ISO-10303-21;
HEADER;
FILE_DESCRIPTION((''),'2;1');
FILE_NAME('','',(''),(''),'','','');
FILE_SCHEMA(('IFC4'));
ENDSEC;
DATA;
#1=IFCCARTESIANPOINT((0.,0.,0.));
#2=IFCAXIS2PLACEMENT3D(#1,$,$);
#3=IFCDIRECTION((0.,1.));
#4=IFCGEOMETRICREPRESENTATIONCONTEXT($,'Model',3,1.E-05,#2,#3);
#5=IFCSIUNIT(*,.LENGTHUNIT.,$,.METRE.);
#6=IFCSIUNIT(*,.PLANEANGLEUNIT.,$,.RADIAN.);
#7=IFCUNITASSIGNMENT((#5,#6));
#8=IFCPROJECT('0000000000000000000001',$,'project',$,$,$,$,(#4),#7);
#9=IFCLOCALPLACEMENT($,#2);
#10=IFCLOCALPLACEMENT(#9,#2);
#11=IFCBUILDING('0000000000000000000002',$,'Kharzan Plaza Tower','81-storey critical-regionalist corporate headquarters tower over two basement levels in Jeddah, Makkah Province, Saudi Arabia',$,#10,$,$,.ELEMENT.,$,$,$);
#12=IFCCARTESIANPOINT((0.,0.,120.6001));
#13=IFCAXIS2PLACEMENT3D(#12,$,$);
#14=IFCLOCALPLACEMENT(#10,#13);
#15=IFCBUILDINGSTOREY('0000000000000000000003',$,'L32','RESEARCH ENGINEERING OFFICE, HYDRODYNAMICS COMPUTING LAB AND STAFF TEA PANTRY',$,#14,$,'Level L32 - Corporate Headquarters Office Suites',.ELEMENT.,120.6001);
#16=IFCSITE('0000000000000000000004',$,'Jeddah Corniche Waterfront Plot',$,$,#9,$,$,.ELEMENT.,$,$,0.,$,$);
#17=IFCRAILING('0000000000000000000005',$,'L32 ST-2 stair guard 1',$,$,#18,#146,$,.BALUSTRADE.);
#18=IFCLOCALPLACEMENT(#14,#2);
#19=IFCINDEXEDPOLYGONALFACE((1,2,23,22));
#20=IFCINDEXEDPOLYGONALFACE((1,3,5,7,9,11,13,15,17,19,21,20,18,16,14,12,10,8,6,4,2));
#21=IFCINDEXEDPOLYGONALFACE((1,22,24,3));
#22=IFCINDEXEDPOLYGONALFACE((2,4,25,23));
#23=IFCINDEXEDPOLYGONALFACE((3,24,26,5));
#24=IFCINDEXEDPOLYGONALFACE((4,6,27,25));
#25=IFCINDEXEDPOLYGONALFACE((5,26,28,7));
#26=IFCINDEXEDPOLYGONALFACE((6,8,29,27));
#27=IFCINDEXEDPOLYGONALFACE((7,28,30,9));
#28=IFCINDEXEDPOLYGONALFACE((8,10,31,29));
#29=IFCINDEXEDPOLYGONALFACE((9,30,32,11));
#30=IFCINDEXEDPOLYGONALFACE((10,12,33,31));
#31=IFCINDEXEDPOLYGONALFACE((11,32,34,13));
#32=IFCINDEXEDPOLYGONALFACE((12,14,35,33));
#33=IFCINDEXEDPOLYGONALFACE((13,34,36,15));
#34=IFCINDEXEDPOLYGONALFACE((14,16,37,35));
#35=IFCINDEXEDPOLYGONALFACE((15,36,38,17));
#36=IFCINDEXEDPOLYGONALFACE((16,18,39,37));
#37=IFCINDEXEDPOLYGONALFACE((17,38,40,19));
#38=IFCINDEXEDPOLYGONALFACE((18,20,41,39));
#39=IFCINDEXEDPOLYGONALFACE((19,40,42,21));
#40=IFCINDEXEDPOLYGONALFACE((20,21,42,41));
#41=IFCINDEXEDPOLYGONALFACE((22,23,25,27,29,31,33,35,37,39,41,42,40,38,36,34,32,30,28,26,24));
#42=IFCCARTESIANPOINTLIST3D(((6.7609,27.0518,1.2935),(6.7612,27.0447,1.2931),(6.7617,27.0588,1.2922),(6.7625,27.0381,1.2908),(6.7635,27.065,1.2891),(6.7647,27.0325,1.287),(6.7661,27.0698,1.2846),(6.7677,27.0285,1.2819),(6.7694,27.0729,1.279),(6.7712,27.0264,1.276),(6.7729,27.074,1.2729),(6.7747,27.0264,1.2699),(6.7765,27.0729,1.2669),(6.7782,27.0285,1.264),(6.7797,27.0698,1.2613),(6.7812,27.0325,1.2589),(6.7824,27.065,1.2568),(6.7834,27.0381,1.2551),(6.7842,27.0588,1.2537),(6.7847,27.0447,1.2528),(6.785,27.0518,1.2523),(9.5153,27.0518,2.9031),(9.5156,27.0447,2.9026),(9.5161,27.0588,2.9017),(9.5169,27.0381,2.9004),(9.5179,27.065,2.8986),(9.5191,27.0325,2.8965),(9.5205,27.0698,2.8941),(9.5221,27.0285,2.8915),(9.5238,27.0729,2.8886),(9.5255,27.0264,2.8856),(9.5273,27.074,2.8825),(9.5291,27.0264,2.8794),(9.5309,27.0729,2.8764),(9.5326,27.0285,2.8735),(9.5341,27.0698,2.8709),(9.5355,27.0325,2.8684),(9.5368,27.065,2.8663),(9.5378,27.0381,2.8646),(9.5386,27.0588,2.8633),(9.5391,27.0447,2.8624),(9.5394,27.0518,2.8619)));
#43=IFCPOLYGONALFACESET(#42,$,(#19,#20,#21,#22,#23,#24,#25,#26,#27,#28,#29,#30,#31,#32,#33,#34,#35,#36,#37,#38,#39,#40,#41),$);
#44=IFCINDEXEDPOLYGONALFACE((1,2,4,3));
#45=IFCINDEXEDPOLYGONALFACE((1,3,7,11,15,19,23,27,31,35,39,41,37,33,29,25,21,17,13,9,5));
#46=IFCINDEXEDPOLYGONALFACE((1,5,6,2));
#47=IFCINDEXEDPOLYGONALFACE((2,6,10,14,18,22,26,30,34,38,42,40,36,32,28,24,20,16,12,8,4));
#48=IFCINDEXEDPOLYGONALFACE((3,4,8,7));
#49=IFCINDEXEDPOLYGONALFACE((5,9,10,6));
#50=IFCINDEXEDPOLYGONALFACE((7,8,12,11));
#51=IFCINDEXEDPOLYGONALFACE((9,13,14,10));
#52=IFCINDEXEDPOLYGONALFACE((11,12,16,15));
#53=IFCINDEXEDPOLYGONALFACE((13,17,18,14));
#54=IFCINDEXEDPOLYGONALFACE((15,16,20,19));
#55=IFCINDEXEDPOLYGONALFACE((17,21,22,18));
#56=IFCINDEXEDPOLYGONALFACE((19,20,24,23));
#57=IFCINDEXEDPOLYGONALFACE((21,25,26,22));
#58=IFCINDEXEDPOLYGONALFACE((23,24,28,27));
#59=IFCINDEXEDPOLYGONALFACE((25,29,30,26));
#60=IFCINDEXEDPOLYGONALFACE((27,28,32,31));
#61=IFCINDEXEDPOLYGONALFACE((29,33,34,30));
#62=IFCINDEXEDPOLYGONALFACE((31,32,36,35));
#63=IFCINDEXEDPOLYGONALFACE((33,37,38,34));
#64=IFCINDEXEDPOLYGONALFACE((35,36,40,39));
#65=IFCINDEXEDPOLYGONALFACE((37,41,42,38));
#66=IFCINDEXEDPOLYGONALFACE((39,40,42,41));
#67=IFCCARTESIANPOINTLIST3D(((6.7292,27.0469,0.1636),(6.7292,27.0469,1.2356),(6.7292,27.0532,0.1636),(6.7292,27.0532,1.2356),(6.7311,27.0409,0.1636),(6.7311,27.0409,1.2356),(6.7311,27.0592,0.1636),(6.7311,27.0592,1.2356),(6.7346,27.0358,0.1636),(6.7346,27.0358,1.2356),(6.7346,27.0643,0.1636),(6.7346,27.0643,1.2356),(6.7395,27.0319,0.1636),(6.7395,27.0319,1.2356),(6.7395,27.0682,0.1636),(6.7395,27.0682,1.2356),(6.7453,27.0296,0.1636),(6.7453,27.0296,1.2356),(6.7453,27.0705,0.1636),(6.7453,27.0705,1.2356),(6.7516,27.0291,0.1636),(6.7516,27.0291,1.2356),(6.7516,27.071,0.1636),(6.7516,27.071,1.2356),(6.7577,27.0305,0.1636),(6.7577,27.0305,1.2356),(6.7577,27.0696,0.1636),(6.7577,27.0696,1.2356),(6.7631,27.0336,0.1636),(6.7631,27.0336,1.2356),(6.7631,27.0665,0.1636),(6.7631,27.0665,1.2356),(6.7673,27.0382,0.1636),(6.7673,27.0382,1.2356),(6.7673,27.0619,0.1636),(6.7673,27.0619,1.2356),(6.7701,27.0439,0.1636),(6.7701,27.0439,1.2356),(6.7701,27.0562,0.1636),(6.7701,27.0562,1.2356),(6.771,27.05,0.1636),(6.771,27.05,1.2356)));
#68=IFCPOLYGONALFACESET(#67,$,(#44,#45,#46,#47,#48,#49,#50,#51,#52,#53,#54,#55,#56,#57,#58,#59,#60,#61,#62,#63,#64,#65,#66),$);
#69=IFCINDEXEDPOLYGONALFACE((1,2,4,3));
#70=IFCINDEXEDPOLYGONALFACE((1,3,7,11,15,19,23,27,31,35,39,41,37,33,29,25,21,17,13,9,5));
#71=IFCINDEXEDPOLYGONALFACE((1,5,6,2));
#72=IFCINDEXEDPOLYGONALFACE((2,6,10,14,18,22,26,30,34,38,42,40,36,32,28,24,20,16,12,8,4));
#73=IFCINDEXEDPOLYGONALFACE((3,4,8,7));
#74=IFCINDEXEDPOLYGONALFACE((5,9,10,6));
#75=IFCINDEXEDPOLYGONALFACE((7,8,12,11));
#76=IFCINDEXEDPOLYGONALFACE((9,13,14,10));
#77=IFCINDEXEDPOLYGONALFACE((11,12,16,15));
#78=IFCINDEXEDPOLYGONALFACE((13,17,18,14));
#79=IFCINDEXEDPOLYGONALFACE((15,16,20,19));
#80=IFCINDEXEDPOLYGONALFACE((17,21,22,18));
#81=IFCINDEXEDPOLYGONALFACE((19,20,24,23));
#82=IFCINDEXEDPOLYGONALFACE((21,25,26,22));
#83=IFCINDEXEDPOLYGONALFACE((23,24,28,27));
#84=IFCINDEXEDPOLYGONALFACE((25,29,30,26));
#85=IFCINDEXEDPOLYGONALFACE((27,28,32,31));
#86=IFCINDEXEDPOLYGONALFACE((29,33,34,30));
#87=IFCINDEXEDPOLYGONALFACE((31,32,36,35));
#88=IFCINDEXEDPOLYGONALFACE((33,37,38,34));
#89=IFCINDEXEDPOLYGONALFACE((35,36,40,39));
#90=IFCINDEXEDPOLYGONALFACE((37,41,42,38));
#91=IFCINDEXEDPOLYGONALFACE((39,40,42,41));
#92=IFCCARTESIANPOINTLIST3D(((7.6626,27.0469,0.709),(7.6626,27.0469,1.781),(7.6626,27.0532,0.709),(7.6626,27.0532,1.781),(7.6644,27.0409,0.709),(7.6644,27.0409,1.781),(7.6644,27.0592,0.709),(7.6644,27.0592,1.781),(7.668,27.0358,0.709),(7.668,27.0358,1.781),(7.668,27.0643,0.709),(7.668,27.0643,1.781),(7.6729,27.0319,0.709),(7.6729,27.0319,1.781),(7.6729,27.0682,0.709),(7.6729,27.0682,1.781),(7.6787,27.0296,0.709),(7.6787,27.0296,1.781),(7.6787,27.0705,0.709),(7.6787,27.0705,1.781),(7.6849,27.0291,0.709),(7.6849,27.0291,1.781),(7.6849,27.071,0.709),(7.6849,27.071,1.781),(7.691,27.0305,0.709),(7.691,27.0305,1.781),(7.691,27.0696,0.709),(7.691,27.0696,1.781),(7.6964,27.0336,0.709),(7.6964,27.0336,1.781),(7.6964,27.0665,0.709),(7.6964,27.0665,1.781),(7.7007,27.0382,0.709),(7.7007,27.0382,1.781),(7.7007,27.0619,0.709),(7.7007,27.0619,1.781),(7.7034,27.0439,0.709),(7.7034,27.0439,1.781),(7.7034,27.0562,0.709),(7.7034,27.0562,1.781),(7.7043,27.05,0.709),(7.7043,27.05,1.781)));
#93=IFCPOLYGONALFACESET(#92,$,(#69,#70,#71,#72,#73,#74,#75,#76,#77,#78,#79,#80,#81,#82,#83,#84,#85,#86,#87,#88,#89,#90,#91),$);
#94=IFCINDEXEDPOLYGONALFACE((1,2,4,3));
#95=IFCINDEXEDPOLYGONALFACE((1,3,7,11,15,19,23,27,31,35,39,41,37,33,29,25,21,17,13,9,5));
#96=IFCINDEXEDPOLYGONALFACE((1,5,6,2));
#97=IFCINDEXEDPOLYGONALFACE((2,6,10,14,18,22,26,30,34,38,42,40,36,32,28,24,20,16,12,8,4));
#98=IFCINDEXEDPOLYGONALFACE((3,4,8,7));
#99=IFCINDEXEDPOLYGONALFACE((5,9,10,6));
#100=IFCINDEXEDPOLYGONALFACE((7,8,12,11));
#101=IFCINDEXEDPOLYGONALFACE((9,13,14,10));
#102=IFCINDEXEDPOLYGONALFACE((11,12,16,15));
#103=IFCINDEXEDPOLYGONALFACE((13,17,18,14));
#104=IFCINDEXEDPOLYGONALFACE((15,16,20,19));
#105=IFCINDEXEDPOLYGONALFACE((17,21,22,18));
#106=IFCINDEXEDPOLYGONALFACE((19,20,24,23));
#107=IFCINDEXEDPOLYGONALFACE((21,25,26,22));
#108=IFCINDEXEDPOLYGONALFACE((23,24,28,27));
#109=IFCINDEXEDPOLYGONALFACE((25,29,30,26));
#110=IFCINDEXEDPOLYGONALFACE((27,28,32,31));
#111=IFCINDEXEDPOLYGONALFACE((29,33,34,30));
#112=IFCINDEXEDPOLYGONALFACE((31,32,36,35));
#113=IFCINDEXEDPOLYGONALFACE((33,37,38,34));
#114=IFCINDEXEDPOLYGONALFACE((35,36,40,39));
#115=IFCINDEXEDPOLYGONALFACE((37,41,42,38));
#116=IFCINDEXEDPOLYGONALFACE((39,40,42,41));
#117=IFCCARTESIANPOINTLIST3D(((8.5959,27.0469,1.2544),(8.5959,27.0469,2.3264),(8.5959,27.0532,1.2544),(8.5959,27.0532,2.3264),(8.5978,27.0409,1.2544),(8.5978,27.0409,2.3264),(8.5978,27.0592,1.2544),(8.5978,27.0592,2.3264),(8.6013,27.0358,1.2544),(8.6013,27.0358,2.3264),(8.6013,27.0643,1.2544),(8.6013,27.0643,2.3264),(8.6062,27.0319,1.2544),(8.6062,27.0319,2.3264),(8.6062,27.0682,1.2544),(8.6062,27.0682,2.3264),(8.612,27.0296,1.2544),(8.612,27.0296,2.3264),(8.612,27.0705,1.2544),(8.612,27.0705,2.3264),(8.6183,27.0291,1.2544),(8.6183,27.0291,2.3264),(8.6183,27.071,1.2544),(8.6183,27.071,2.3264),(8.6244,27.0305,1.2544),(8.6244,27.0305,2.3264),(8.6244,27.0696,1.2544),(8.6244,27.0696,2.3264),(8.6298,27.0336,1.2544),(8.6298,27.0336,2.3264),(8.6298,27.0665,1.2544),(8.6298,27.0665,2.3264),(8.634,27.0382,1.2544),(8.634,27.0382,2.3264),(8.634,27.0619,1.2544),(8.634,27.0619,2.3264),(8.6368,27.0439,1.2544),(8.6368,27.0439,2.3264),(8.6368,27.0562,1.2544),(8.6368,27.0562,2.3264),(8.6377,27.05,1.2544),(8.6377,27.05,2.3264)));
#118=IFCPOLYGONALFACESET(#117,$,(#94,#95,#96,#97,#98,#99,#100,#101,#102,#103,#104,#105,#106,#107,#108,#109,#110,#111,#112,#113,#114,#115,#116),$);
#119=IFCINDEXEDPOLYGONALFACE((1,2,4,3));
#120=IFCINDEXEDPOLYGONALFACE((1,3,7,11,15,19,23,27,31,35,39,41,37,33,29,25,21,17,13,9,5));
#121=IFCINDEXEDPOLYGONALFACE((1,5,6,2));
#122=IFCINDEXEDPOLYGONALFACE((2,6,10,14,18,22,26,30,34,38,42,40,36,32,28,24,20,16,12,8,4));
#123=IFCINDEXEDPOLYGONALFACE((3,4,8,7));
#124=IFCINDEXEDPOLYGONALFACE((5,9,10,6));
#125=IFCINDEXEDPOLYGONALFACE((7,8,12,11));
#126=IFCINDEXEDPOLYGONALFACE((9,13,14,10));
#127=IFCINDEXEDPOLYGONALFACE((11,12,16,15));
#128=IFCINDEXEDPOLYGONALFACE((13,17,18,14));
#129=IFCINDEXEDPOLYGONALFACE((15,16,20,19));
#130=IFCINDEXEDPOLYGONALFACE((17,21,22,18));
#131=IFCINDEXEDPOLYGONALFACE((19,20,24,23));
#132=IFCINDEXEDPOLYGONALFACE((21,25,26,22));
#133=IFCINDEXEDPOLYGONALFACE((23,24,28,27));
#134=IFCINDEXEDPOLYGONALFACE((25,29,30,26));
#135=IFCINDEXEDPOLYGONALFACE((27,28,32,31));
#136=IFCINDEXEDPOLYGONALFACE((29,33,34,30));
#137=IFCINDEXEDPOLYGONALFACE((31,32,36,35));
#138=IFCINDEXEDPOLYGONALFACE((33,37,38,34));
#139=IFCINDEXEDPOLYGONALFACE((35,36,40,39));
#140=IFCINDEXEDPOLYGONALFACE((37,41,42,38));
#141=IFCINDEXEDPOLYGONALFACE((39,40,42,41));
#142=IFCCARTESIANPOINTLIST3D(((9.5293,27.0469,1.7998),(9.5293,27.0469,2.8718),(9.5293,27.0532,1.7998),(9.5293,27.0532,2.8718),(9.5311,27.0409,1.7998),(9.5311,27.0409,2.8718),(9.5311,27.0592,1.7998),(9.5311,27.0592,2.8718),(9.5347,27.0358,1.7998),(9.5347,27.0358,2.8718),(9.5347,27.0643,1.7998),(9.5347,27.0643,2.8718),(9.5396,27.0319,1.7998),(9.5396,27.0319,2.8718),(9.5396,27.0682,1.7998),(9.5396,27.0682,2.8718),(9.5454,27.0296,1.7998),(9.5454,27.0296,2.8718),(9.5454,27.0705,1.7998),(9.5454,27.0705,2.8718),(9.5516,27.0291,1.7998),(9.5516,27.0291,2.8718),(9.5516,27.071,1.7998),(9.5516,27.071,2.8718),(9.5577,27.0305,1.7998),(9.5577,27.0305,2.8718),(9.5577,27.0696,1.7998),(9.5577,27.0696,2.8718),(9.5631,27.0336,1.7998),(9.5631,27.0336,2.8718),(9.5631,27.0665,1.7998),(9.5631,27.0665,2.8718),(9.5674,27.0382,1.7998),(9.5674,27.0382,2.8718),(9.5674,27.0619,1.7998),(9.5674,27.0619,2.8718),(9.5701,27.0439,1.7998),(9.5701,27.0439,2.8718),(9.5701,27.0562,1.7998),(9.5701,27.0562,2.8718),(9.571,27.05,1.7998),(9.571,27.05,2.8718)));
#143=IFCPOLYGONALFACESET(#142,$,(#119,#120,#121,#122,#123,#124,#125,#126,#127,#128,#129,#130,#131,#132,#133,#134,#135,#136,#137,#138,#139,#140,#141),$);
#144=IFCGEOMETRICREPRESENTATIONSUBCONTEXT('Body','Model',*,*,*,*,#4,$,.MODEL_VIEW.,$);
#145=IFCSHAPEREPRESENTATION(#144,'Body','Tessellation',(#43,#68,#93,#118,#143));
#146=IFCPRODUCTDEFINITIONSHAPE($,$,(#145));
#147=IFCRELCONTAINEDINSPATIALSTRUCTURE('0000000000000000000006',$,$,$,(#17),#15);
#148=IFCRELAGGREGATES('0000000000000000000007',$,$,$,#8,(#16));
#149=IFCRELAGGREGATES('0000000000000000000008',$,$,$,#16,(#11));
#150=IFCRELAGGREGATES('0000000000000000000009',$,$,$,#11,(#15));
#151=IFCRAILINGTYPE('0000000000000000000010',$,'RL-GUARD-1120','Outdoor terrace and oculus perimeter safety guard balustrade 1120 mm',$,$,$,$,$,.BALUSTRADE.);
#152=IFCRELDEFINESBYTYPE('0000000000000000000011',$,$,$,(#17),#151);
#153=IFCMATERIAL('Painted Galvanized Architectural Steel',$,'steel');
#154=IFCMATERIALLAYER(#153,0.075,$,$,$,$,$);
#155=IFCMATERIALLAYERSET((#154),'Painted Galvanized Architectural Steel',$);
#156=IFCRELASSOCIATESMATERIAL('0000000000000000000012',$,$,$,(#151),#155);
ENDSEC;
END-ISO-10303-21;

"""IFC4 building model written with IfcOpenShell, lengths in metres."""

from ifc_helpers import new_model, si_unit, direction, frame, origin, origin_2d, place, context, subcontext, project, spatial, circle, extrude, source, transform, mapped, material, layer, layer_set, type_object, element, save


model = new_model("IFC4")

# Units and contexts
model_context = context("Model", 3, precision=1e-05, world=origin(), true_north=direction((0.0, 1.0)))
body_context = subcontext(model_context, "Body", "Model", "MODEL_VIEW")
ifc_project = project(units=[si_unit("LENGTHUNIT", "METRE"), si_unit("PLANEANGLEUNIT", "RADIAN")], contexts=[model_context])

# Site, building, storey
site_placement = place(None, origin())
site = spatial("IfcSite", under=ifc_project, at=site_placement, Name="Jeddah Corniche Waterfront Plot", CompositionType="ELEMENT", RefElevation=0.0)
building_placement = place(site_placement, origin())
building = spatial("IfcBuilding", under=site, at=building_placement, Name="Kharzan Plaza Tower", Description="81-storey critical-regionalist corporate headquarters tower over two basement levels in Jeddah, Makkah Province, Saudi Arabia", CompositionType="ELEMENT")
storey_placement = place(building_placement, frame((0.0, 0.0, 120.6001)))
storey = spatial("IfcBuildingStorey", under=building, at=storey_placement, Name="L32", Description="RESEARCH ENGINEERING OFFICE, HYDRODYNAMICS COMPUTING LAB AND STAFF TEA PANTRY", LongName="Level L32 - Corporate Headquarters Office Suites", CompositionType="ELEMENT", Elevation=120.6001)

# Railing
ifc_material_1 = material(Name="Painted Galvanized Architectural Steel", Category="steel")
ifc_layer_1 = layer(ifc_material_1, 0.075)
ifc_layer_set_1 = layer_set([ifc_layer_1], Name="Painted Galvanized Architectural Steel")
railing_type_1 = type_object("IfcRailingType", Name="RL-GUARD-1120", Description="Outdoor terrace and oculus perimeter safety guard balustrade 1120 mm", PredefinedType="BALUSTRADE", material=ifc_layer_set_1)
shared_shape_1 = source(origin(), body_context, "Body", "SweptSolid", [
    extrude(circle(Radius=0.0239, at=origin_2d()), frame((0.0229, 0.0, 1.1094), z_axis=(0.863394, 0.0, 0.504531), x_axis=(0.0, 1.0, 0.0)), (0.0, 0.0, 1.0), 3.1902),
    extrude(circle(Radius=0.021, at=origin_2d()), origin(), (0.0, 0.0, 1.0), 1.072),
    extrude(circle(Radius=0.021, at=origin_2d()), frame((0.9333, 0.0, 0.5454)), (0.0, 0.0, 1.0), 1.072),
    extrude(circle(Radius=0.021, at=origin_2d()), frame((1.8667, 0.0, 1.0908)), (0.0, 0.0, 1.0), 1.072),
    extrude(circle(Radius=0.021, at=origin_2d()), frame((2.8, 0.0, 1.6362)), (0.0, 0.0, 1.0), 1.072),
])
railing_1_placement = place(storey_placement, frame((6.75, 27.05, 0.1636)))
element("IfcRailing", 1, at=railing_1_placement, inside=storey, type_object=railing_type_1, Name="L32 ST-2 stair guard 1", PredefinedType="BALUSTRADE", context=body_context, shape_type="MappedRepresentation", body=[
    mapped(shared_shape_1, transform((0.0, 0.0, 0.0), x_axis=(1.0, 0.0, 0.0), y_axis=(0.0, 1.0, 0.0), z_axis=(0.0, 0.0, 1.0))),
])

save(model, "model.ifc")
